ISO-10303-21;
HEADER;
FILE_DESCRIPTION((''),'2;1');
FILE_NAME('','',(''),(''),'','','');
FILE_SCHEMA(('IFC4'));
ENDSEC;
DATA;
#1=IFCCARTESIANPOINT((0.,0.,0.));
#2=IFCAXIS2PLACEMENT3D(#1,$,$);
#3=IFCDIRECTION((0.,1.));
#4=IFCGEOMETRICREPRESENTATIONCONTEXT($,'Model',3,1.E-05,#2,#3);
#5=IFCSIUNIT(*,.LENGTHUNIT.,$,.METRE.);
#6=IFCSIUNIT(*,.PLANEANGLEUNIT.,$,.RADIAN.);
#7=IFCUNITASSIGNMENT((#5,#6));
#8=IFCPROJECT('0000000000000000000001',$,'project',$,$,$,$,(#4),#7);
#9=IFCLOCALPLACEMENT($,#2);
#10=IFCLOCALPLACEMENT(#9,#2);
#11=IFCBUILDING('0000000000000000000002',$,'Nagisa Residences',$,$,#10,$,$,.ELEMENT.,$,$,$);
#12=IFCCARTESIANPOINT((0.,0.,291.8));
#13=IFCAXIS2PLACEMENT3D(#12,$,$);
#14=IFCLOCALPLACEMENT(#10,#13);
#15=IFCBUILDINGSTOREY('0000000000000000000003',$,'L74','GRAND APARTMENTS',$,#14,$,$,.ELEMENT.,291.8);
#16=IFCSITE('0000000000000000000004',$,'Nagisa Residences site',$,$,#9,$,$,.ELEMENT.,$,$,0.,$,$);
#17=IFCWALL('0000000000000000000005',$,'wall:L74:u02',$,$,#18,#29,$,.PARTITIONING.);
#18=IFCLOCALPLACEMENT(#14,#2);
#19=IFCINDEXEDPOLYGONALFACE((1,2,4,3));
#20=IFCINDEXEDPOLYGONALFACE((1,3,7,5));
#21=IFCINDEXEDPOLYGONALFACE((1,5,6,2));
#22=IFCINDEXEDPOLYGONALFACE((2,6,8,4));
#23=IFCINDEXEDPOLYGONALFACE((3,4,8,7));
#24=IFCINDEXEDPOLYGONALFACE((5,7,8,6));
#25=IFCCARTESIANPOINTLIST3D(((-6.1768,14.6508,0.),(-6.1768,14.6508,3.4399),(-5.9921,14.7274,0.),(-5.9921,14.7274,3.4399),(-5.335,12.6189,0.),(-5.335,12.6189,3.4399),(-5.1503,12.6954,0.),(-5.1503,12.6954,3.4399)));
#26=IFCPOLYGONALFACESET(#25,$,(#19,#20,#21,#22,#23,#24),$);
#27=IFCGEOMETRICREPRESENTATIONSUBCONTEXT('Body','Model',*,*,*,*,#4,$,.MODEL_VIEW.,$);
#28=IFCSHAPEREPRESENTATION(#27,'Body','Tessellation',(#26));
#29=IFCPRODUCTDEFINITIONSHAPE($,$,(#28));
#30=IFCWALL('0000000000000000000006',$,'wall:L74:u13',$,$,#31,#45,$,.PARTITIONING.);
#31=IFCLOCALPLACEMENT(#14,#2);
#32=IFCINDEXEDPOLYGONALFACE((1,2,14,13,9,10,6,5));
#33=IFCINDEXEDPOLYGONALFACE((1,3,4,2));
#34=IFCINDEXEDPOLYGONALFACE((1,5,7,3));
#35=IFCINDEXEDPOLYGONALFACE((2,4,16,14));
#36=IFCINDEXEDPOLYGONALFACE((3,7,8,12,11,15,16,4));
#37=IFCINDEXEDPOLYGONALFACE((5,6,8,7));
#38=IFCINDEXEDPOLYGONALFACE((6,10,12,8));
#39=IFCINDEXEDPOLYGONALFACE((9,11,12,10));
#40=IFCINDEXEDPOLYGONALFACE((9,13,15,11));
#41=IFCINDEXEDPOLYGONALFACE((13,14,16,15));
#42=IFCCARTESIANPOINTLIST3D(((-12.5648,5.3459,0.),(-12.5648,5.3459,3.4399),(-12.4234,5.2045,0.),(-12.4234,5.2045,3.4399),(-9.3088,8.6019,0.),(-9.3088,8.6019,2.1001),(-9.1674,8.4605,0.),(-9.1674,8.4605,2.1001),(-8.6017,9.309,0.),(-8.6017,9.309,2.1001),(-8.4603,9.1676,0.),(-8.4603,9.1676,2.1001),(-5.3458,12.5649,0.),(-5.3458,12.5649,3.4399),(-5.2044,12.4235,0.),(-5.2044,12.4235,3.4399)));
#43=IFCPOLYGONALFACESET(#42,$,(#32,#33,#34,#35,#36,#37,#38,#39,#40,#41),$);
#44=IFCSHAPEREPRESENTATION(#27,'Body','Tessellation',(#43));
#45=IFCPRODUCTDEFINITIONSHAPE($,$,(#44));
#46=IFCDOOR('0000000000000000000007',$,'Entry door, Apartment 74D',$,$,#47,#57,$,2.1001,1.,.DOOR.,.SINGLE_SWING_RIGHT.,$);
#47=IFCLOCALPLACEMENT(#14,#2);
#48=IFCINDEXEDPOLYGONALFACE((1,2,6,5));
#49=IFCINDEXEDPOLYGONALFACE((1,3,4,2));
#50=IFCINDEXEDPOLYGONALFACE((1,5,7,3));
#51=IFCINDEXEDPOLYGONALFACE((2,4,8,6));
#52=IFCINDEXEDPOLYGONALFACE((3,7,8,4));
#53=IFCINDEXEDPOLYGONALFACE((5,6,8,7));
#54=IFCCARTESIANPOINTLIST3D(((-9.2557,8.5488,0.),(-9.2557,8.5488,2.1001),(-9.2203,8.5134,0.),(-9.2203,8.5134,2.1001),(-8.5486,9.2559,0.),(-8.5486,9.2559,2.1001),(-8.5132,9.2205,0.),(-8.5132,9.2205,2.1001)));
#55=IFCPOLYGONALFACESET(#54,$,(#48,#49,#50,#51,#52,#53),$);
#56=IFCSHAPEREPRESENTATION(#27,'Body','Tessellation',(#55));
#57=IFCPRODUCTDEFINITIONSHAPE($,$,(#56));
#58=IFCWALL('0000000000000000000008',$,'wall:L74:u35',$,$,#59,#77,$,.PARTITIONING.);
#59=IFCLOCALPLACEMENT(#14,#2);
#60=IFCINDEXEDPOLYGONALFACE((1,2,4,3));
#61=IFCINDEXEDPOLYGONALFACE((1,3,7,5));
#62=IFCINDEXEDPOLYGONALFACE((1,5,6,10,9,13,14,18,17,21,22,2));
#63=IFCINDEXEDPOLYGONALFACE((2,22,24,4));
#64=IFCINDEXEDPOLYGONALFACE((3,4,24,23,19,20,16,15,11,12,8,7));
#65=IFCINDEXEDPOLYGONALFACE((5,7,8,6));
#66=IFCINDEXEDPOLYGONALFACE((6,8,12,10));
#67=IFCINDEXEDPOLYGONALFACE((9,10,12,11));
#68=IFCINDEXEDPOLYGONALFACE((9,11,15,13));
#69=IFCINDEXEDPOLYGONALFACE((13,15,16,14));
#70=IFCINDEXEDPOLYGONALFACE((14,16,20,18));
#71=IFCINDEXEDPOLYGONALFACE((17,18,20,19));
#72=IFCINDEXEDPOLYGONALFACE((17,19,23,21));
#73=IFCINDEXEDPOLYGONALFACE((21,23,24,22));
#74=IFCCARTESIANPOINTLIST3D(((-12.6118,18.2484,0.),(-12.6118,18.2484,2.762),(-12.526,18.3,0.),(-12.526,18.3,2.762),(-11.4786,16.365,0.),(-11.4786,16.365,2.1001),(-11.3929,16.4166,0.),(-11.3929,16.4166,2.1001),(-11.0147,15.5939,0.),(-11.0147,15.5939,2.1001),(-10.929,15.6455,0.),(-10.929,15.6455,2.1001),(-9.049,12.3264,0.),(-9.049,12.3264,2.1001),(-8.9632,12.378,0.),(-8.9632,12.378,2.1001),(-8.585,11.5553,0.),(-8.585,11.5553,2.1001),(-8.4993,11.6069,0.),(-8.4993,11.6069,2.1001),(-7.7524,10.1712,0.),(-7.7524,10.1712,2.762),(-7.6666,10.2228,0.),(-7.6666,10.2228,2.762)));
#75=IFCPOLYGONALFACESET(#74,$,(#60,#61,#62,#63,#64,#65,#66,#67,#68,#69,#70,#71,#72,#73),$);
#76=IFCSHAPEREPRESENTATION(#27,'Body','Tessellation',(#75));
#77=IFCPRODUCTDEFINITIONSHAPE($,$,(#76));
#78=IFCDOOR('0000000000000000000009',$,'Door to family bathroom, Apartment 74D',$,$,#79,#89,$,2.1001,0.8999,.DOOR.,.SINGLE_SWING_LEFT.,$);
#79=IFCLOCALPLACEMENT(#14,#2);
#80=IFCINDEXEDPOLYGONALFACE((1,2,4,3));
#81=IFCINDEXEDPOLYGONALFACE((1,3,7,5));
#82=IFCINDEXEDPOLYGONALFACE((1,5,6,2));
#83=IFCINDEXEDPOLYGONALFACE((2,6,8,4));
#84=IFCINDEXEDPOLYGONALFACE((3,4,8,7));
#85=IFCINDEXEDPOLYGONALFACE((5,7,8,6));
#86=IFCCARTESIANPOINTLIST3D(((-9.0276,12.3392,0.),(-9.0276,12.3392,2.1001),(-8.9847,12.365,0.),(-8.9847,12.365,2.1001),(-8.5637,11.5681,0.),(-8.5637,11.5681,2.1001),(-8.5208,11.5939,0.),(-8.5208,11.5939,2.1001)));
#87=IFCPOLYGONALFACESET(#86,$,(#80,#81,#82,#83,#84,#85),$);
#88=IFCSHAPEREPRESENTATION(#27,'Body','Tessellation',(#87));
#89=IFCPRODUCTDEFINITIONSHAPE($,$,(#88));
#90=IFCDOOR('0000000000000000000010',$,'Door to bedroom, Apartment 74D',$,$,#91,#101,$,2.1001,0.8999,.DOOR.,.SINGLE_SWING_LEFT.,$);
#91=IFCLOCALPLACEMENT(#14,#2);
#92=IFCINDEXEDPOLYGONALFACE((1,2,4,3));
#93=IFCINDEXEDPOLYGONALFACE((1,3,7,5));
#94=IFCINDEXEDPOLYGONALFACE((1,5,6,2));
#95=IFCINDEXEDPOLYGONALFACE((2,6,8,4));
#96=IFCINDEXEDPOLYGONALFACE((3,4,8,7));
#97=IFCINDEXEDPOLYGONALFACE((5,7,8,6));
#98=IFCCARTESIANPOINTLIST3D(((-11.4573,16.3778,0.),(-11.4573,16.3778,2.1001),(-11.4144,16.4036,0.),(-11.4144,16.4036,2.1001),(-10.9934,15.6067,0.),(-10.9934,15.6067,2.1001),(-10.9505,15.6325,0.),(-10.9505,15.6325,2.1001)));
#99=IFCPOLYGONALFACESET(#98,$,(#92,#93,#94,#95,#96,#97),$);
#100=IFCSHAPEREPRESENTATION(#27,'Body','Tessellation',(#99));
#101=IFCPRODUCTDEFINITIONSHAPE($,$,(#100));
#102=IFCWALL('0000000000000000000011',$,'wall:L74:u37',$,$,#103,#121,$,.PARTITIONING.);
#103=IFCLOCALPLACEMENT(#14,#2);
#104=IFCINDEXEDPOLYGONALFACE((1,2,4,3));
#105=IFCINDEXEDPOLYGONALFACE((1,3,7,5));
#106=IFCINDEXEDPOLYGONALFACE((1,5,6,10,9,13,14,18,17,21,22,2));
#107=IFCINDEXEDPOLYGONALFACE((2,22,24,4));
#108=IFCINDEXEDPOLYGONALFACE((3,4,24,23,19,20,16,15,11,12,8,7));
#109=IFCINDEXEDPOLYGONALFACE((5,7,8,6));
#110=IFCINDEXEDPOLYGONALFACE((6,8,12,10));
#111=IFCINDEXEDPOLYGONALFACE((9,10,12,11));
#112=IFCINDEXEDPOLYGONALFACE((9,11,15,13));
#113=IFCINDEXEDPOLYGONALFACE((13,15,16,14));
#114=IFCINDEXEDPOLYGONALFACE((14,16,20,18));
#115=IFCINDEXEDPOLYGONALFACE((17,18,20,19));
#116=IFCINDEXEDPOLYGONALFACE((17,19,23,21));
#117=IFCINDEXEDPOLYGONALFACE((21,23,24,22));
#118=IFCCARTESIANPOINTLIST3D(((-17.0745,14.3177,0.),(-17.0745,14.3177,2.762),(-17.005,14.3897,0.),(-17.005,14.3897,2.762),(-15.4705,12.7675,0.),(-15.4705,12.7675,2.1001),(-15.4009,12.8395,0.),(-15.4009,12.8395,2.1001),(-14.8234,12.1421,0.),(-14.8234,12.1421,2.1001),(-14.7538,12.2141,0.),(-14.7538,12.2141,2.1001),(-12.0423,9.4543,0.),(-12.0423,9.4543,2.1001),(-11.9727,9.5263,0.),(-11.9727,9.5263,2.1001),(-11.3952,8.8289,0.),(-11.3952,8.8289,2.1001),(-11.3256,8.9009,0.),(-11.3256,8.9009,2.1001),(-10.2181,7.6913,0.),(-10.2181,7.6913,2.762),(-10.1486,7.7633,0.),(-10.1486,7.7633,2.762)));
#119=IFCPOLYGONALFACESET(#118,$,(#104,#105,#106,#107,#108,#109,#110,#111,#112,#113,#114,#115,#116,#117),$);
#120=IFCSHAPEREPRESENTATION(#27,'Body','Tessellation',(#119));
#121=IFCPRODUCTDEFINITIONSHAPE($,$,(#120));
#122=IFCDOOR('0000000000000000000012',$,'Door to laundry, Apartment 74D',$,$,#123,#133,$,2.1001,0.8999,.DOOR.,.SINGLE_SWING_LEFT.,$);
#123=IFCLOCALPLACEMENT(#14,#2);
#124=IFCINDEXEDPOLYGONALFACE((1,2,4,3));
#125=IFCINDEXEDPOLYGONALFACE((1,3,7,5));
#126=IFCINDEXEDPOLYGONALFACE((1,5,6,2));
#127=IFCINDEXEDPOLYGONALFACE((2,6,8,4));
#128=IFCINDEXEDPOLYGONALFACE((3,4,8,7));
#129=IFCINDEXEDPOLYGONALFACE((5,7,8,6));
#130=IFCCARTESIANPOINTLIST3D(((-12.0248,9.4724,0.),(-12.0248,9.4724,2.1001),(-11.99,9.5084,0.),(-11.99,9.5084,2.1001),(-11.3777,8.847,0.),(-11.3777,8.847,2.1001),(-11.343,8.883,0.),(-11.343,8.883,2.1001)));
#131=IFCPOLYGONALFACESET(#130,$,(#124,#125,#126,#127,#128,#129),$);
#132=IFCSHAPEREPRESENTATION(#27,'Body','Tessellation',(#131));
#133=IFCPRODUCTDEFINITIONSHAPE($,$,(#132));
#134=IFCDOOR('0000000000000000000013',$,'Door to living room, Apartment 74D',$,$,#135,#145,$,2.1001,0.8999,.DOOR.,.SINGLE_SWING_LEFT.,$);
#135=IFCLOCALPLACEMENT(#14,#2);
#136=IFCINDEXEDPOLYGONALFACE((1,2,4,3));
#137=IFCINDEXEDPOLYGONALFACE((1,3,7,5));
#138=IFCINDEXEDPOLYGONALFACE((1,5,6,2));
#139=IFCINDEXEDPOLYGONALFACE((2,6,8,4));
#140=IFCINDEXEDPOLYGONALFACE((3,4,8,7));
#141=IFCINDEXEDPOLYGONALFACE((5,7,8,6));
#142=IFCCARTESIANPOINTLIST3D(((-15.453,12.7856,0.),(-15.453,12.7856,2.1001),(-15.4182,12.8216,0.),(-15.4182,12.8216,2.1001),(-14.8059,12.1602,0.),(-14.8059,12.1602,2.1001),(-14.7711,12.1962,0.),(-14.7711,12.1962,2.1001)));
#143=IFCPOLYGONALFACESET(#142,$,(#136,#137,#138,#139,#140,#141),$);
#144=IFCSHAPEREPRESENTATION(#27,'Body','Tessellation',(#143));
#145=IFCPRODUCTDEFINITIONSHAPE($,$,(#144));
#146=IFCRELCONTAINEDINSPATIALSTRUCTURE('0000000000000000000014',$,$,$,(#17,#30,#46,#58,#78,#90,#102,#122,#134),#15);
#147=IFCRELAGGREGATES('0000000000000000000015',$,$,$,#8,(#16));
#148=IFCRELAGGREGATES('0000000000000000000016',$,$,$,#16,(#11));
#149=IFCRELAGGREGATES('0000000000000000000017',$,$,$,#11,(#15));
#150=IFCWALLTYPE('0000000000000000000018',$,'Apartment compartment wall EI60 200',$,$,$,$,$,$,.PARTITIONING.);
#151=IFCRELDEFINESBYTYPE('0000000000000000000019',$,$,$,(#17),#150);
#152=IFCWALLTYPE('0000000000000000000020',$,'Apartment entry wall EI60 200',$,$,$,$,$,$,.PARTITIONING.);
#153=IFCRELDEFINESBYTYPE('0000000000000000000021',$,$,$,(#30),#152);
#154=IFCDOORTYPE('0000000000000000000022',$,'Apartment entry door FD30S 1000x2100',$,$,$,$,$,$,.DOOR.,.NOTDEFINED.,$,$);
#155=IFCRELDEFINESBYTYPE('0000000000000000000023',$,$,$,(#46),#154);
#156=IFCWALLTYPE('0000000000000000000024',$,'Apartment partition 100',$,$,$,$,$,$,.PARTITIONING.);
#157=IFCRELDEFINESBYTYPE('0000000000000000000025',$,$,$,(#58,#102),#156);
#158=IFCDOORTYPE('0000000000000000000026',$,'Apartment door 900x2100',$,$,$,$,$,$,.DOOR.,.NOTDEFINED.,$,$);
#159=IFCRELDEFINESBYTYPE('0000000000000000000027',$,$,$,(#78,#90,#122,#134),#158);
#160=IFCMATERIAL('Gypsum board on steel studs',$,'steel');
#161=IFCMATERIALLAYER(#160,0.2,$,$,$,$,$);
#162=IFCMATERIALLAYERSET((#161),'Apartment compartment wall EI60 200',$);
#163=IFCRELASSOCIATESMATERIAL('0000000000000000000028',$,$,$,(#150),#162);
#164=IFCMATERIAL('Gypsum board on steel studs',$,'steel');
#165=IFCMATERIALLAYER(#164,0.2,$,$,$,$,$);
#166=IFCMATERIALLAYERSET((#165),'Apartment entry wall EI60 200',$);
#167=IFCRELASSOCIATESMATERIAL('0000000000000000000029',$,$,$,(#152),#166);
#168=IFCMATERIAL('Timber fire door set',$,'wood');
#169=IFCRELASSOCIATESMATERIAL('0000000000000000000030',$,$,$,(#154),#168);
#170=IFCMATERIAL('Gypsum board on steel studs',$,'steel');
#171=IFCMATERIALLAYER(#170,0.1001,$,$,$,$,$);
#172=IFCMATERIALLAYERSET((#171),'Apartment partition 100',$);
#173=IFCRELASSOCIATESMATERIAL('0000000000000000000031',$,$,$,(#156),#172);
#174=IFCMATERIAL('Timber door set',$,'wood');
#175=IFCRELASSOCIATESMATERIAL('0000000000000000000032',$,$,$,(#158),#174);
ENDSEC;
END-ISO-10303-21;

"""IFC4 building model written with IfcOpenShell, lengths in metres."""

from ifc_helpers import new_model, si_unit, direction, frame, frame_2d, origin, place, context, subcontext, project, spatial, rectangle, extrude, material, layer, layer_set, type_object, element, fill, save


model = new_model("IFC4")

# Units and contexts
model_context = context("Model", 3, precision=1e-05, world=origin(), true_north=direction((0.0, 1.0)))
body_context = subcontext(model_context, "Body", "Model", "MODEL_VIEW")
ifc_project = project(units=[si_unit("LENGTHUNIT", "METRE"), si_unit("PLANEANGLEUNIT", "RADIAN")], contexts=[model_context])

# Site, building, storey
site_placement = place(None, origin())
site = spatial("IfcSite", under=ifc_project, at=site_placement, Name="Nagisa Residences site", CompositionType="ELEMENT", RefElevation=0.0)
building_placement = place(site_placement, origin())
building = spatial("IfcBuilding", under=site, at=building_placement, Name="Nagisa Residences", CompositionType="ELEMENT")
storey_placement = place(building_placement, frame((0.0, 0.0, 291.8)))
storey = spatial("IfcBuildingStorey", under=building, at=storey_placement, Name="L74", Description="GRAND APARTMENTS", CompositionType="ELEMENT", Elevation=291.8)

# Wall
ifc_material_1 = material(Name="Gypsum board on steel studs", Category="steel")
ifc_layer_1 = layer(ifc_material_1, 0.2)
ifc_layer_set_1 = layer_set([ifc_layer_1], Name="Apartment compartment wall EI60 200")
wall_type_1 = type_object("IfcWallType", Name="Apartment compartment wall EI60 200", PredefinedType="PARTITIONING", material=ifc_layer_set_1)
wall_1_placement = place(storey_placement, frame((-5.2427, 12.6572, 0.0), z_axis=(0.0, 0.0, 1.0), x_axis=(-0.382731, 0.92386, 0.0)))
element("IfcWall", 1, at=wall_1_placement, inside=storey, type_object=wall_type_1, Name="wall:L74:u02", PredefinedType="PARTITIONING", context=body_context, shape_type="SweptSolid", body=[
    extrude(rectangle(XDim=2.1995, YDim=0.2, at=frame_2d((1.0996, 0.0))), origin(), (0.0, 0.0, 1.0), 3.4399),
])

# Wall, opening, door
ifc_material_2 = material(Name="Gypsum board on steel studs", Category="steel")
ifc_layer_2 = layer(ifc_material_2, 0.2)
ifc_layer_set_2 = layer_set([ifc_layer_2], Name="Apartment entry wall EI60 200")
wall_type_2 = type_object("IfcWallType", Name="Apartment entry wall EI60 200", PredefinedType="PARTITIONING", material=ifc_layer_set_2)
wall_2_placement = place(storey_placement, frame((-5.2751, 12.4941, 0.0), z_axis=(0.0, 0.0, 1.0), x_axis=(-0.707107, -0.707107, 0.0)))
wall_2 = element("IfcWall", 2, at=wall_2_placement, inside=storey, type_object=wall_type_2, Name="wall:L74:u13", PredefinedType="PARTITIONING", context=body_context, shape_type="SweptSolid", body=[
    extrude(rectangle(XDim=10.2092, YDim=0.2, at=frame_2d((5.1045, 0.0))), origin(), (0.0, 0.0, 1.0), 3.4399),
])
opening_1_placement = place(wall_2_placement, frame((4.6045, 0.0, 0.0)))
opening_1 = element("IfcOpeningElement", 3, at=opening_1_placement, cuts=wall_2, PredefinedType="OPENING", context=body_context, shape_type="SweptSolid", body=[
    extrude(rectangle(XDim=1.0, YDim=2.1001, at=frame_2d((0.5, 1.05))), frame((0.0, 0.1099, 0.0), z_axis=(0.0, -1.0, 0.0), x_axis=(1.0, 0.0, 0.0)), (0.0, 0.0, 1.0), 0.22),
])
ifc_material_3 = material(Name="Timber fire door set", Category="wood")
door_type_1 = type_object("IfcDoorType", Name="Apartment entry door FD30S 1000x2100", OperationType="NOTDEFINED", PredefinedType="DOOR", material=ifc_material_3)
door_1_placement = place(opening_1_placement, frame((1.0, 0.0, 0.0), x_axis=(-1.0, 0.0, 0.0)))
door_1 = element("IfcDoor", 4, at=door_1_placement, inside=storey, type_object=door_type_1, Name="Entry door, Apartment 74D", OperationType="SINGLE_SWING_RIGHT", OverallHeight=2.1001, OverallWidth=1.0, PredefinedType="DOOR", context=body_context, shape_type="SweptSolid", body=[
    extrude(rectangle(XDim=1.0, YDim=2.1001, at=frame_2d((0.5, 1.05))), frame((0.0, 0.0249, 0.0), z_axis=(0.0, -1.0, 0.0), x_axis=(1.0, 0.0, 0.0)), (0.0, 0.0, 1.0), 0.05),
])
fill(opening_1, door_1)

# Walls, openings, doors
ifc_material_4 = material(Name="Gypsum board on steel studs", Category="steel")
ifc_layer_3 = layer(ifc_material_4, 0.1001)
ifc_layer_set_3 = layer_set([ifc_layer_3], Name="Apartment partition 100")
wall_type_3 = type_object("IfcWallType", Name="Apartment partition 100", PredefinedType="PARTITIONING", material=ifc_layer_set_3)
wall_3_placement = place(storey_placement, frame((-7.7095, 10.197, 0.0), z_axis=(0.0, 0.0, 1.0), x_axis=(-0.515516, 0.85688, 0.0)))
wall_3 = element("IfcWall", 5, at=wall_3_placement, inside=storey, type_object=wall_type_3, Name="wall:L74:u35", PredefinedType="PARTITIONING", context=body_context, shape_type="SweptSolid", body=[
    extrude(rectangle(XDim=9.4263, YDim=0.1001, at=frame_2d((4.7131, 0.0))), origin(), (0.0, 0.0, 1.0), 2.762),
])
opening_2_placement = place(wall_3_placement, frame((1.6152, 0.0, 0.0)))
opening_2 = element("IfcOpeningElement", 6, at=opening_2_placement, cuts=wall_3, PredefinedType="OPENING", context=body_context, shape_type="SweptSolid", body=[
    extrude(rectangle(XDim=0.8999, YDim=2.1001, at=frame_2d((0.45, 1.05))), frame((0.0, 0.0601, 0.0), z_axis=(0.0, -1.0, 0.0), x_axis=(1.0, 0.0, 0.0)), (0.0, 0.0, 1.0), 0.1201),
])
opening_3_placement = place(wall_3_placement, frame((6.3284, 0.0, 0.0)))
opening_3 = element("IfcOpeningElement", 7, at=opening_3_placement, cuts=wall_3, PredefinedType="OPENING", context=body_context, shape_type="SweptSolid", body=[
    extrude(rectangle(XDim=0.8999, YDim=2.1001, at=frame_2d((0.45, 1.05))), frame((0.0, 0.0601, 0.0), z_axis=(0.0, -1.0, 0.0), x_axis=(1.0, 0.0, 0.0)), (0.0, 0.0, 1.0), 0.1201),
])
ifc_material_5 = material(Name="Timber door set", Category="wood")
door_type_2 = type_object("IfcDoorType", Name="Apartment door 900x2100", OperationType="NOTDEFINED", PredefinedType="DOOR", material=ifc_material_5)
door_2_placement = place(opening_2_placement, frame((0.8999, 0.0, 0.0), x_axis=(-1.0, 0.0, 0.0)))
door_2 = element("IfcDoor", 8, at=door_2_placement, inside=storey, type_object=door_type_2, Name="Door to family bathroom, Apartment 74D", OperationType="SINGLE_SWING_LEFT", OverallHeight=2.1001, OverallWidth=0.8999, PredefinedType="DOOR", context=body_context, shape_type="SweptSolid", body=[
    extrude(rectangle(XDim=0.8999, YDim=2.1001, at=frame_2d((0.45, 1.05))), frame((0.0, 0.0249, 0.0), z_axis=(0.0, -1.0, 0.0), x_axis=(1.0, 0.0, 0.0)), (0.0, 0.0, 1.0), 0.05),
])
fill(opening_2, door_2)
door_3_placement = place(opening_3_placement, frame((0.8999, 0.0, 0.0), x_axis=(-1.0, 0.0, 0.0)))
door_3 = element("IfcDoor", 9, at=door_3_placement, inside=storey, type_object=door_type_2, Name="Door to bedroom, Apartment 74D", OperationType="SINGLE_SWING_LEFT", OverallHeight=2.1001, OverallWidth=0.8999, PredefinedType="DOOR", context=body_context, shape_type="SweptSolid", body=[
    extrude(rectangle(XDim=0.8999, YDim=2.1001, at=frame_2d((0.45, 1.05))), frame((0.0, 0.0249, 0.0), z_axis=(0.0, -1.0, 0.0), x_axis=(1.0, 0.0, 0.0)), (0.0, 0.0, 1.0), 0.05),
])
fill(opening_3, door_3)
wall_4_placement = place(storey_placement, frame((-10.1833, 7.7273, 0.0), z_axis=(0.0, 0.0, 1.0), x_axis=(-0.719063, 0.694944, 0.0)))
wall_4 = element("IfcWall", 10, at=wall_4_placement, inside=storey, type_object=wall_type_3, Name="wall:L74:u37", PredefinedType="PARTITIONING", context=body_context, shape_type="SweptSolid", body=[
    extrude(rectangle(XDim=9.5352, YDim=0.1001, at=frame_2d((4.7676, 0.0))), origin(), (0.0, 0.0, 1.0), 2.762),
])
opening_4_placement = place(wall_4_placement, frame((1.637, 0.0, 0.0)))
opening_4 = element("IfcOpeningElement", 11, at=opening_4_placement, cuts=wall_4, PredefinedType="OPENING", context=body_context, shape_type="SweptSolid", body=[
    extrude(rectangle(XDim=0.8999, YDim=2.1001, at=frame_2d((0.45, 1.05))), frame((0.0, 0.0601, 0.0), z_axis=(0.0, -1.0, 0.0), x_axis=(1.0, 0.0, 0.0)), (0.0, 0.0, 1.0), 0.1201),
])
opening_5_placement = place(wall_4_placement, frame((6.4045, 0.0, 0.0)))
opening_5 = element("IfcOpeningElement", 12, at=opening_5_placement, cuts=wall_4, PredefinedType="OPENING", context=body_context, shape_type="SweptSolid", body=[
    extrude(rectangle(XDim=0.8999, YDim=2.1001, at=frame_2d((0.45, 1.05))), frame((0.0, 0.0601, 0.0), z_axis=(0.0, -1.0, 0.0), x_axis=(1.0, 0.0, 0.0)), (0.0, 0.0, 1.0), 0.1201),
])
door_4_placement = place(opening_4_placement, origin())
door_4 = element("IfcDoor", 13, at=door_4_placement, inside=storey, type_object=door_type_2, Name="Door to laundry, Apartment 74D", OperationType="SINGLE_SWING_LEFT", OverallHeight=2.1001, OverallWidth=0.8999, PredefinedType="DOOR", context=body_context, shape_type="SweptSolid", body=[
    extrude(rectangle(XDim=0.8999, YDim=2.1001, at=frame_2d((0.45, 1.05))), frame((0.0, 0.0249, 0.0), z_axis=(0.0, -1.0, 0.0), x_axis=(1.0, 0.0, 0.0)), (0.0, 0.0, 1.0), 0.05),
])
fill(opening_4, door_4)
door_5_placement = place(opening_5_placement, origin())
door_5 = element("IfcDoor", 14, at=door_5_placement, inside=storey, type_object=door_type_2, Name="Door to living room, Apartment 74D", OperationType="SINGLE_SWING_LEFT", OverallHeight=2.1001, OverallWidth=0.8999, PredefinedType="DOOR", context=body_context, shape_type="SweptSolid", body=[
    extrude(rectangle(XDim=0.8999, YDim=2.1001, at=frame_2d((0.45, 1.05))), frame((0.0, 0.0249, 0.0), z_axis=(0.0, -1.0, 0.0), x_axis=(1.0, 0.0, 0.0)), (0.0, 0.0, 1.0), 0.05),
])
fill(opening_5, door_5)

save(model, "model.ifc")
